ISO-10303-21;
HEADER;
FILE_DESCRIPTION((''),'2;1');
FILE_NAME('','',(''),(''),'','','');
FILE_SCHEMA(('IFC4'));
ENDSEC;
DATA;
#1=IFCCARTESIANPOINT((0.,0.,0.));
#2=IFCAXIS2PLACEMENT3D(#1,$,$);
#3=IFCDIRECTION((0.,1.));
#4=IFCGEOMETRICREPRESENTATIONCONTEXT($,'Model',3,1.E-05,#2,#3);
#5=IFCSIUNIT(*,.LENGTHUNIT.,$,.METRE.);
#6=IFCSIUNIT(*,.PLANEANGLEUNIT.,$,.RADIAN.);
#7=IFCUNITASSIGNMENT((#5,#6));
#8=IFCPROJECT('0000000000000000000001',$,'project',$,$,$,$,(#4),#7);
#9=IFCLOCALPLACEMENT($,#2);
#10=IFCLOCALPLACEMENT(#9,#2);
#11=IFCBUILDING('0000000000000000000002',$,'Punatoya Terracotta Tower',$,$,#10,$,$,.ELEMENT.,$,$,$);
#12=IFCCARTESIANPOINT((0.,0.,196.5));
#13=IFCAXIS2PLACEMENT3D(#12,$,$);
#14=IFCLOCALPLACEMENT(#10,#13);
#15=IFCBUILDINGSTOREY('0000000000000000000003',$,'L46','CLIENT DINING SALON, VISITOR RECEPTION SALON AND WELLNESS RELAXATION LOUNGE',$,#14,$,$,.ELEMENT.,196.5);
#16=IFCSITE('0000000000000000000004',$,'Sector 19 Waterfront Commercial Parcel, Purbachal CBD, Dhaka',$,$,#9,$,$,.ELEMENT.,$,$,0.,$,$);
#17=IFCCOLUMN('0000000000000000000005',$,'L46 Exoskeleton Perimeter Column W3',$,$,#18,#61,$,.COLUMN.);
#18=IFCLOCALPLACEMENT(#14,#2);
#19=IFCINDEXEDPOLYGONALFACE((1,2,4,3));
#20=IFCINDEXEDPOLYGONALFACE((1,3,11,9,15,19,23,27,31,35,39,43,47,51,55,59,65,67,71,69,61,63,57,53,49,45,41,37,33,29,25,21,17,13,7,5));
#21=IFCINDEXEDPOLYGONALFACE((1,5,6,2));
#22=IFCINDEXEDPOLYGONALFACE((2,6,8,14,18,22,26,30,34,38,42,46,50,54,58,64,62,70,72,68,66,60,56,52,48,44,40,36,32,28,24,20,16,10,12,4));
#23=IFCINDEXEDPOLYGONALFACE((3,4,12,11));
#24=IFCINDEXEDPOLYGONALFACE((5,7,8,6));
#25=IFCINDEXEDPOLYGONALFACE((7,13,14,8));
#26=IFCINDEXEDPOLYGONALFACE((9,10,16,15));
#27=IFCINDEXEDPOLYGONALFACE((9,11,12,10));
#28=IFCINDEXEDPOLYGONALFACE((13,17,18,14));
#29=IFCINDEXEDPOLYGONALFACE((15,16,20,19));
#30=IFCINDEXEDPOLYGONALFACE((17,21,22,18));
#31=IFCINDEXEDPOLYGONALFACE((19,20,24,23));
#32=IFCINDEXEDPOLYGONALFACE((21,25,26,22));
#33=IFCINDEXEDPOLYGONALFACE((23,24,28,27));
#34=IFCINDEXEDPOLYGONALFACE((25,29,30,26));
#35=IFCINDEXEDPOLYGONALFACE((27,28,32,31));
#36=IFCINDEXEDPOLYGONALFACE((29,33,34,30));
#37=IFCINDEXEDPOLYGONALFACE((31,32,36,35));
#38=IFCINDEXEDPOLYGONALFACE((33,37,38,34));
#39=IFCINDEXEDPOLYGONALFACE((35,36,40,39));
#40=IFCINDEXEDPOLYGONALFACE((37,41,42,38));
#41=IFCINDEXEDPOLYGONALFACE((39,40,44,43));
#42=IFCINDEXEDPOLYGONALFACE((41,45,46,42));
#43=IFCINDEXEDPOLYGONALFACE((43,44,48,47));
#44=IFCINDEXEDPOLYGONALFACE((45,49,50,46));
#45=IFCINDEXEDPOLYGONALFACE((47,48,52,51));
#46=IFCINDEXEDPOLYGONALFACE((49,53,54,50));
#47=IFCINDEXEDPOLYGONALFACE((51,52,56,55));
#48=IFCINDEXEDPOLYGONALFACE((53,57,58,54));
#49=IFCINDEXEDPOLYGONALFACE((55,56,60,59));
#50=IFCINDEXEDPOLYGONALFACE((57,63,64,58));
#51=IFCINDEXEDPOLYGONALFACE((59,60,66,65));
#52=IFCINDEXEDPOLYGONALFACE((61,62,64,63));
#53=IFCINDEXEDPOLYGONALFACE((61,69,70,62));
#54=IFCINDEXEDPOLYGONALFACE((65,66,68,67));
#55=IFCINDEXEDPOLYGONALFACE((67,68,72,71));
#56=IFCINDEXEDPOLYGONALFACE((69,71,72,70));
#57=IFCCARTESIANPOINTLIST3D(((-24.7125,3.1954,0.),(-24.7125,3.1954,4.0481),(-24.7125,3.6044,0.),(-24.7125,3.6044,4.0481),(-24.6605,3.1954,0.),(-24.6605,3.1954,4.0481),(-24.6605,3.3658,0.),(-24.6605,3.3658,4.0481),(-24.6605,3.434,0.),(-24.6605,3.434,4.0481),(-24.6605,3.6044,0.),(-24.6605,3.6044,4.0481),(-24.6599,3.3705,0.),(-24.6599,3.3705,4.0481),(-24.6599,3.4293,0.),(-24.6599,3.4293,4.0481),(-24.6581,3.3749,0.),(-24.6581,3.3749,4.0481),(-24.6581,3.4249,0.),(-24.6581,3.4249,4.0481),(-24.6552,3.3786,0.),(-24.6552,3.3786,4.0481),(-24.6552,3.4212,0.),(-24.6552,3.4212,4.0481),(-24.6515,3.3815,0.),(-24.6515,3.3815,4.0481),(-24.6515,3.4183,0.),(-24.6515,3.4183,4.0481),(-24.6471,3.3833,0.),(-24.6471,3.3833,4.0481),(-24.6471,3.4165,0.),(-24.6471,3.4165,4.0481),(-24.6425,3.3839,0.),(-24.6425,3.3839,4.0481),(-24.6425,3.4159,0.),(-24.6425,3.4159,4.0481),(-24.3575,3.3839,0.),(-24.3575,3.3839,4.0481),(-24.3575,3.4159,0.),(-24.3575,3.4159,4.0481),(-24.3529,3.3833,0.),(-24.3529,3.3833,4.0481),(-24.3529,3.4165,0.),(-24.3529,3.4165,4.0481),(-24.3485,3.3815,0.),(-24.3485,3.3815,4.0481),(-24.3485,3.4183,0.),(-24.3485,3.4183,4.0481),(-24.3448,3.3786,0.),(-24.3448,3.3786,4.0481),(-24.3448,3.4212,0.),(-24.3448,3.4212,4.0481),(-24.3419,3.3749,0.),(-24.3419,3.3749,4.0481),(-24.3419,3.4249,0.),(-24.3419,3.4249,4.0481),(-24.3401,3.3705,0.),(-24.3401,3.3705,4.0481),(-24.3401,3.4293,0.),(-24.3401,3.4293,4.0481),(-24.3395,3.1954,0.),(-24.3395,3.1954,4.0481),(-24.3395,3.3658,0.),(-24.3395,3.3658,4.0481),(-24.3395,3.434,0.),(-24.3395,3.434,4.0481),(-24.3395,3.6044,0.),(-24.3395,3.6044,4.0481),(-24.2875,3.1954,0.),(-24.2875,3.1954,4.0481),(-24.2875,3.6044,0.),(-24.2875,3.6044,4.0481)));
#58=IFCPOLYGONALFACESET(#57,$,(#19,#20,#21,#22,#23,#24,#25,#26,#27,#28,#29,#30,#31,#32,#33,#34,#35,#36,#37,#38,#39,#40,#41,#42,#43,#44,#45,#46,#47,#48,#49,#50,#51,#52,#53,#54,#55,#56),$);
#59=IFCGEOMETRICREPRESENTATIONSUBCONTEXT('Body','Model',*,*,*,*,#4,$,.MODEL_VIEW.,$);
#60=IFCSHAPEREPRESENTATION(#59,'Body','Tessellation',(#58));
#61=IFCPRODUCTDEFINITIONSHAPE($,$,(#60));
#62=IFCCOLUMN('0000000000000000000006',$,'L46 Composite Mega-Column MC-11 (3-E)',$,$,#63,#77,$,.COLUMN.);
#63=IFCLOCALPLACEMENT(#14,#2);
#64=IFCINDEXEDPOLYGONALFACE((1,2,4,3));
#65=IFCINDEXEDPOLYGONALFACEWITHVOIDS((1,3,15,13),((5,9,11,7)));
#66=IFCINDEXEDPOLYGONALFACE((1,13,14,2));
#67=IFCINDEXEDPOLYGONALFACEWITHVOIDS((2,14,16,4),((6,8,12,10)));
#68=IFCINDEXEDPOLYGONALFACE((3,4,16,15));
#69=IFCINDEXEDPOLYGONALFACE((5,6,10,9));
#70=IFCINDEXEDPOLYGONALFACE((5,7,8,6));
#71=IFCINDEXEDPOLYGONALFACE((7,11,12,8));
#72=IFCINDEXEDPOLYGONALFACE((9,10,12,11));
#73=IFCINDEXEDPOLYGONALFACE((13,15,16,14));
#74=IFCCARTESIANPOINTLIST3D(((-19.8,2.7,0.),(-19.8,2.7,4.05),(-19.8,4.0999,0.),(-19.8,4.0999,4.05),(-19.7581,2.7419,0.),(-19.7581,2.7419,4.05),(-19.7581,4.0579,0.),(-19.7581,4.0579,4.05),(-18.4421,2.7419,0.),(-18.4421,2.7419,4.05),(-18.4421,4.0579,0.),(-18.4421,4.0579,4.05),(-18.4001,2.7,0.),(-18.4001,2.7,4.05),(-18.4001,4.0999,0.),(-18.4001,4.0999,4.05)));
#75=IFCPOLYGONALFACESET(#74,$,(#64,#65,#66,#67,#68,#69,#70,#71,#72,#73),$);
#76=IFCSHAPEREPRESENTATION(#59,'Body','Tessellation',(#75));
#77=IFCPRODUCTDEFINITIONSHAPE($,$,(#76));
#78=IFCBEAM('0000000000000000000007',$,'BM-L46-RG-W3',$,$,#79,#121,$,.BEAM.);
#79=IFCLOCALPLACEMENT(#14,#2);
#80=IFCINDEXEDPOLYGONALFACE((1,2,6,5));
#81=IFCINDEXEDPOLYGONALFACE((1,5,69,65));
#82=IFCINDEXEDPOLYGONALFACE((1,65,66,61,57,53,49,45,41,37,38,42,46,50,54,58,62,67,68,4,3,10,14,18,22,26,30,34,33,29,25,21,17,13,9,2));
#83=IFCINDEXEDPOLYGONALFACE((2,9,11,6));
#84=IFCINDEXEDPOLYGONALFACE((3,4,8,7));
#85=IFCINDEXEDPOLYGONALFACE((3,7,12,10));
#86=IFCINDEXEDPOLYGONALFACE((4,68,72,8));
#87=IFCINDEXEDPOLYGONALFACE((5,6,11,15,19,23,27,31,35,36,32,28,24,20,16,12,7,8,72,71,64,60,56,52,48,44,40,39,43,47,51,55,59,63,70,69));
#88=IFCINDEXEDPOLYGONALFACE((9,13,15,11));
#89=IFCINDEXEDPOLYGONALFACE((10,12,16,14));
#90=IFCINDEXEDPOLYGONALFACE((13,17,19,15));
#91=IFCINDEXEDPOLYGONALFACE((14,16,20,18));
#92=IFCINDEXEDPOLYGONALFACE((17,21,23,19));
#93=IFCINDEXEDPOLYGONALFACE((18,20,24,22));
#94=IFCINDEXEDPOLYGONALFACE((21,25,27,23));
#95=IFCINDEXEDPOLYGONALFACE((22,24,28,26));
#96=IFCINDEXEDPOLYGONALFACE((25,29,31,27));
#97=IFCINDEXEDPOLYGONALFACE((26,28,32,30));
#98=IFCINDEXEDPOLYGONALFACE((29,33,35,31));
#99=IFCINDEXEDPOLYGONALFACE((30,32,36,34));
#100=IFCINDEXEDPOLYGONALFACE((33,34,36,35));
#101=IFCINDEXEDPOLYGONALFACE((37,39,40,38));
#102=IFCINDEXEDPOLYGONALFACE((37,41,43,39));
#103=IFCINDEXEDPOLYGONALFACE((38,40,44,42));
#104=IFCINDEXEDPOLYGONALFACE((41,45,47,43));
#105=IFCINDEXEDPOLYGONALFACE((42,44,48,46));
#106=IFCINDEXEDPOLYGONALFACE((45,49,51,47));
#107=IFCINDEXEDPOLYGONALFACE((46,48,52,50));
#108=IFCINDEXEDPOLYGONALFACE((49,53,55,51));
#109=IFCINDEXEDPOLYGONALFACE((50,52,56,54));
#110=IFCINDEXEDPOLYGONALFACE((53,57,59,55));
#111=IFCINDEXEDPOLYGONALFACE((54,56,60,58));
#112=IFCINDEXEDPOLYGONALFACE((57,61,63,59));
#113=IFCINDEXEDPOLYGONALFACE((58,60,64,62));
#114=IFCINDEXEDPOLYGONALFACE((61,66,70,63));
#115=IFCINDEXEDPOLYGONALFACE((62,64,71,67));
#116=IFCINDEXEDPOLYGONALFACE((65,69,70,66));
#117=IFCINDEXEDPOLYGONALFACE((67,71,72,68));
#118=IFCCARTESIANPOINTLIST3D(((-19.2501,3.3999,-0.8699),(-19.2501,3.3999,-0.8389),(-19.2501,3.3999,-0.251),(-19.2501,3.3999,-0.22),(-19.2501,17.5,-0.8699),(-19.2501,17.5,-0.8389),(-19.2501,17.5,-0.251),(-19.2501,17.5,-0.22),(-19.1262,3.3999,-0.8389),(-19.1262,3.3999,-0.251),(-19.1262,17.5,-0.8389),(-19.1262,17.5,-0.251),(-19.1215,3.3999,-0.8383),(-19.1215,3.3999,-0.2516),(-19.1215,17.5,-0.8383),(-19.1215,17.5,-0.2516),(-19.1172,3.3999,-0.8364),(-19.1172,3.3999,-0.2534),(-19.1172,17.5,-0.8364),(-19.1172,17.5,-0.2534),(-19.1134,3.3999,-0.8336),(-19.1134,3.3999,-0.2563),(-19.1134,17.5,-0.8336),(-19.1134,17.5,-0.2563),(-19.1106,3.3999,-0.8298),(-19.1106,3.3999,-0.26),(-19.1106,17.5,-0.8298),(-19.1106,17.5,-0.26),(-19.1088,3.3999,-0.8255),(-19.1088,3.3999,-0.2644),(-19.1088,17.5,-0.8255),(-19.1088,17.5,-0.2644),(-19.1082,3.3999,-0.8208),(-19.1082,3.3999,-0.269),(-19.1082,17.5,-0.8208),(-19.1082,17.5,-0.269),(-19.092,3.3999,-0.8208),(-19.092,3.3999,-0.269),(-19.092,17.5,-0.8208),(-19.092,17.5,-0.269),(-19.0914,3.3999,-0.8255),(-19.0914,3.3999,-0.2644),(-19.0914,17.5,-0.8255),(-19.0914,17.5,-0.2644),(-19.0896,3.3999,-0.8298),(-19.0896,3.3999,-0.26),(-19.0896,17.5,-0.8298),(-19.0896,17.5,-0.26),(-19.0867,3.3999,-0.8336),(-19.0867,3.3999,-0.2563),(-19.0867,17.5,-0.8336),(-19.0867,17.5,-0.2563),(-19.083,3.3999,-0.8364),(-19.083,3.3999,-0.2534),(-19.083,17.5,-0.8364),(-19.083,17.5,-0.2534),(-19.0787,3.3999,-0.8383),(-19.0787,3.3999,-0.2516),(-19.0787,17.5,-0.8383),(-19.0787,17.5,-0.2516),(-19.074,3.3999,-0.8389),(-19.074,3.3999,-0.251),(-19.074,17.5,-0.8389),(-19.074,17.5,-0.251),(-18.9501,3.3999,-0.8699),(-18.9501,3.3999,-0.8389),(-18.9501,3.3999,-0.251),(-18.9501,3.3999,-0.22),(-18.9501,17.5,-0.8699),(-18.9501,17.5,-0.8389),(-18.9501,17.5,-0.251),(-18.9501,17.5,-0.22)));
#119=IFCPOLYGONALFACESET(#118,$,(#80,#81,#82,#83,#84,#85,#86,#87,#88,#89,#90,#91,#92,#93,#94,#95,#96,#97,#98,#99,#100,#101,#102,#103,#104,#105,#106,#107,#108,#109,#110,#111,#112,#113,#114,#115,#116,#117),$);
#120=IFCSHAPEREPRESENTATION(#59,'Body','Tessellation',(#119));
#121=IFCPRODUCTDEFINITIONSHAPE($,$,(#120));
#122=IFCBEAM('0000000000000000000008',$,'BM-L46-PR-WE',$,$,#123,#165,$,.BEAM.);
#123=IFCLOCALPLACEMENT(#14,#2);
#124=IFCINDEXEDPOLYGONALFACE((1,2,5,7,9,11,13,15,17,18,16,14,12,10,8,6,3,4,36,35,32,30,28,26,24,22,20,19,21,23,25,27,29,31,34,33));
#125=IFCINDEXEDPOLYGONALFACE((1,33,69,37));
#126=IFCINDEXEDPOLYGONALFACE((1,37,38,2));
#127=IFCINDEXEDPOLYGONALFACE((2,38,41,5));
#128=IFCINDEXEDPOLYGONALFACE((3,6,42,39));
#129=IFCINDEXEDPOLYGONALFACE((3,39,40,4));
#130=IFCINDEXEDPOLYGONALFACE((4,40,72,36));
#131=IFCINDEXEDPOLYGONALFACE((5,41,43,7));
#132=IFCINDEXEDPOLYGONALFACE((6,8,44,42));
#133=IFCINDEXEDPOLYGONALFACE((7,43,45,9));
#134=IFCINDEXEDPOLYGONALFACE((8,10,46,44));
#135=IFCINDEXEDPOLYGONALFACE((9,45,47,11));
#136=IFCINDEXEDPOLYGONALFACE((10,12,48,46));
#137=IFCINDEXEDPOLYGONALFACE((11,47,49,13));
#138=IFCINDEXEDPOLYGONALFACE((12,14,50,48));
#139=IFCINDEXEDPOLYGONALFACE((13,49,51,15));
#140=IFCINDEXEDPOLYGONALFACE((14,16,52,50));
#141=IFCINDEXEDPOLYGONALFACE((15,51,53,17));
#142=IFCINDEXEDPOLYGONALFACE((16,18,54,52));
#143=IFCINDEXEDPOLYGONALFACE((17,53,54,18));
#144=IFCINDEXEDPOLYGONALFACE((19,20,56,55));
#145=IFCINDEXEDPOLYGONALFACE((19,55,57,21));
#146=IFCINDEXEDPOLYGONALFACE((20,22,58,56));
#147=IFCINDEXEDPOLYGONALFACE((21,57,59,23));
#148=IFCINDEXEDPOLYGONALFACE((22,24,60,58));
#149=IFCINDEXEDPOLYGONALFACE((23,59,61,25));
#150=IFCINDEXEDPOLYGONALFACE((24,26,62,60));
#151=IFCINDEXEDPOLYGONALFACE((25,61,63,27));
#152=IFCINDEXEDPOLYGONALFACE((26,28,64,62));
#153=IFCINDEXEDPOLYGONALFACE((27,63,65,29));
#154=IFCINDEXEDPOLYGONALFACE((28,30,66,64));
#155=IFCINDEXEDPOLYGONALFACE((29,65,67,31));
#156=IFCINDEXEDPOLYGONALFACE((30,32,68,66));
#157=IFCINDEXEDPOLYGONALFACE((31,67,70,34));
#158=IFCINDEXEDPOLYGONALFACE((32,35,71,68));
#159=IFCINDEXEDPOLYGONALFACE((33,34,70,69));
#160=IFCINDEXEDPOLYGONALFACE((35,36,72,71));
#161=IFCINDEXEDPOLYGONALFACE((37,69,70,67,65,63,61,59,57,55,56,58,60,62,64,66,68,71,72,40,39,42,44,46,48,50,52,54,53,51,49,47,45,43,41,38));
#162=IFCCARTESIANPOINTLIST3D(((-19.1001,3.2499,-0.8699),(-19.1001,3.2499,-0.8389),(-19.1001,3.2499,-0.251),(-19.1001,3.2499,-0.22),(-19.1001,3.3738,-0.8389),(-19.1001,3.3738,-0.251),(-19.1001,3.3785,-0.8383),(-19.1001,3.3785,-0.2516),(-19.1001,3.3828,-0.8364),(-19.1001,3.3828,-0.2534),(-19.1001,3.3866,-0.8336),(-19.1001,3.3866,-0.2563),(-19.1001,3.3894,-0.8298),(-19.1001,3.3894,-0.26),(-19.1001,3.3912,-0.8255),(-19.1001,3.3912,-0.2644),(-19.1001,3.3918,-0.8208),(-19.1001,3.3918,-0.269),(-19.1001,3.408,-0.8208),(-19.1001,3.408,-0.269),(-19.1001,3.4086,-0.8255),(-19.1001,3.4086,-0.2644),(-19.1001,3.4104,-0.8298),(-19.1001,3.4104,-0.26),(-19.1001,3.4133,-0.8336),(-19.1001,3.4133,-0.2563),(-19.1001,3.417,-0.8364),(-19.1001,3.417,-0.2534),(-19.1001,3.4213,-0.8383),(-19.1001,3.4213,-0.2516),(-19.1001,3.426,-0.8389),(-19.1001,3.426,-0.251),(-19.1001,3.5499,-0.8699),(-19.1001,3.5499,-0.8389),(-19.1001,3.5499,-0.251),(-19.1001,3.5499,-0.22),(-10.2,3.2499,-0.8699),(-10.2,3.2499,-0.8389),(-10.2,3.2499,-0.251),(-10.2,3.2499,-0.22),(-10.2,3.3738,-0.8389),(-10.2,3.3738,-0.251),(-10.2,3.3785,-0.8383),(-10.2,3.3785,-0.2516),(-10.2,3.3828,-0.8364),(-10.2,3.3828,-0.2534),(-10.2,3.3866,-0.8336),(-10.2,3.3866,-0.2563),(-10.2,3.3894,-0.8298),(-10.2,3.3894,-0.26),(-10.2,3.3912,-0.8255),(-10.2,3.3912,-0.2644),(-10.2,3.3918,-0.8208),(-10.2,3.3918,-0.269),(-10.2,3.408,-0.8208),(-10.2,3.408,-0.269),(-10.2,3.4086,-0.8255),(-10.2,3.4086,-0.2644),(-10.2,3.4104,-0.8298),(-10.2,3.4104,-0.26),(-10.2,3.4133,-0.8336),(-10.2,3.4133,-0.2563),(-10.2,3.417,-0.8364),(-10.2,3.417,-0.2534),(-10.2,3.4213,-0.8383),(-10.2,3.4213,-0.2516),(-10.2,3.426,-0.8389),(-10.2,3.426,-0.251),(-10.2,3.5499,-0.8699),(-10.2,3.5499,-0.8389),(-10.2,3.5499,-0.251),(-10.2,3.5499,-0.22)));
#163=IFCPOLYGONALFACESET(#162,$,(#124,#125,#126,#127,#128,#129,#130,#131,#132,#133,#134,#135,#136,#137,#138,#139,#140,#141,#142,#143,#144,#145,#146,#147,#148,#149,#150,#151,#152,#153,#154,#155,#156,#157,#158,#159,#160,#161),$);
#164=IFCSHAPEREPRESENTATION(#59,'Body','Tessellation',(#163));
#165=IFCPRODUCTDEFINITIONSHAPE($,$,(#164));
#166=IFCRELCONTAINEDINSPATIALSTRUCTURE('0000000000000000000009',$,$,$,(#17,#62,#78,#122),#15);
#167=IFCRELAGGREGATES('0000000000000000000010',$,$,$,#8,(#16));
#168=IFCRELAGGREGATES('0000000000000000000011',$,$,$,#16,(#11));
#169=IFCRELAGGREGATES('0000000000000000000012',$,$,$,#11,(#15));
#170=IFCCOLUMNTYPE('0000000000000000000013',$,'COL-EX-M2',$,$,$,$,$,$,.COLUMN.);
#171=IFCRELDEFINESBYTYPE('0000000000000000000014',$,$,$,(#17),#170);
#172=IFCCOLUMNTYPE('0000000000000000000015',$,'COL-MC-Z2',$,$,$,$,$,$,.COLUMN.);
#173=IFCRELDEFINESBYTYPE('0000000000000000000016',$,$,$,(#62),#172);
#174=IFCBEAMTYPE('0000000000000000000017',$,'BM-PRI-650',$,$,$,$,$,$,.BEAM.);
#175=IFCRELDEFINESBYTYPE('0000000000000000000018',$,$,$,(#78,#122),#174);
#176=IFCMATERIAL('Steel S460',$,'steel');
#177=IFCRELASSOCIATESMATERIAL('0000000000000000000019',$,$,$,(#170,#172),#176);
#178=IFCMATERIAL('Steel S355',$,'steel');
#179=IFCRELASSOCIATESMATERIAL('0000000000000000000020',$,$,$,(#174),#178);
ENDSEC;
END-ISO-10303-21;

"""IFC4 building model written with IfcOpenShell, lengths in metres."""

from ifc_helpers import new_model, si_unit, direction, frame, origin, origin_2d, place, context, subcontext, project, spatial, hollow_rectangle, i_section, extrude, material, material_profile, profile_set, type_object, element, save


model = new_model("IFC4")

# Units and contexts
model_context = context("Model", 3, precision=1e-05, world=origin(), true_north=direction((0.0, 1.0)))
body_context = subcontext(model_context, "Body", "Model", "MODEL_VIEW")
ifc_project = project(units=[si_unit("LENGTHUNIT", "METRE"), si_unit("PLANEANGLEUNIT", "RADIAN")], contexts=[model_context])

# Site, building, storey
site_placement = place(None, origin())
site = spatial("IfcSite", under=ifc_project, at=site_placement, Name="Sector 19 Waterfront Commercial Parcel, Purbachal CBD, Dhaka", CompositionType="ELEMENT", RefElevation=0.0)
building_placement = place(site_placement, origin())
building = spatial("IfcBuilding", under=site, at=building_placement, Name="Punatoya Terracotta Tower", CompositionType="ELEMENT")
storey_placement = place(building_placement, frame((0.0, 0.0, 196.5)))
storey = spatial("IfcBuildingStorey", under=building, at=storey_placement, Name="L46", Description="CLIENT DINING SALON, VISITOR RECEPTION SALON AND WELLNESS RELAXATION LOUNGE", CompositionType="ELEMENT", Elevation=196.5)

# Columns
ifc_material_1 = material(Name="Steel S460", Category="steel")
ifc_material_profile_1 = material_profile(ifc_material_1, i_section(OverallWidth=0.4089, OverallDepth=0.425, WebThickness=0.032, FlangeThickness=0.052, FilletRadius=0.0181, at=origin_2d()))
ifc_profile_set_1 = profile_set([ifc_material_profile_1], Name="Steel S460")
column_type_1 = type_object("IfcColumnType", Name="COL-EX-M2", PredefinedType="COLUMN", material=ifc_profile_set_1)
column_1_placement = place(storey_placement, frame((-24.5, 3.3999, 0.0), z_axis=(0.0, 0.0, 1.0), x_axis=(0.0, 1.0, 0.0)))
element("IfcColumn", 1, at=column_1_placement, inside=storey, type_object=column_type_1, Name="L46 Exoskeleton Perimeter Column W3", PredefinedType="COLUMN", context=body_context, shape_type="SweptSolid", body=[
    extrude(i_section(OverallWidth=0.4089, OverallDepth=0.425, WebThickness=0.032, FlangeThickness=0.052, FilletRadius=0.0181, at=origin_2d()), origin(), (0.0, 0.0, 1.0), 4.0481),
])
ifc_material_profile_2 = material_profile(ifc_material_1, hollow_rectangle(XDim=1.3999, YDim=1.3999, WallThickness=0.042, at=origin_2d()))
ifc_profile_set_2 = profile_set([ifc_material_profile_2], Name="Steel S460")
column_type_2 = type_object("IfcColumnType", Name="COL-MC-Z2", PredefinedType="COLUMN", material=ifc_profile_set_2)
column_2_placement = place(storey_placement, frame((-19.1001, 3.3999, 0.0), z_axis=(0.0, 0.0, 1.0), x_axis=(1.0, 0.0, 0.0)))
element("IfcColumn", 2, at=column_2_placement, inside=storey, type_object=column_type_2, Name="L46 Composite Mega-Column MC-11 (3-E)", PredefinedType="COLUMN", context=body_context, shape_type="SweptSolid", body=[
    extrude(hollow_rectangle(XDim=1.3999, YDim=1.3999, WallThickness=0.042, at=origin_2d()), origin(), (0.0, 0.0, 1.0), 4.05),
])

# Beams
ifc_material_2 = material(Name="Steel S355", Category="steel")
ifc_material_profile_3 = material_profile(ifc_material_2, i_section(OverallWidth=0.3, OverallDepth=0.6499, WebThickness=0.0161, FlangeThickness=0.031, FilletRadius=0.0181, at=origin_2d()))
ifc_profile_set_3 = profile_set([ifc_material_profile_3], Name="Steel S355")
beam_type_1 = type_object("IfcBeamType", Name="BM-PRI-650", PredefinedType="BEAM", material=ifc_profile_set_3)
beam_1_placement = place(storey_placement, frame((-19.1001, 3.3999, -0.5449), z_axis=(0.0, 1.0, 0.0), x_axis=(-1.0, 0.0, 0.0)))
element("IfcBeam", 3, at=beam_1_placement, inside=storey, type_object=beam_type_1, Name="BM-L46-RG-W3", PredefinedType="BEAM", context=body_context, shape_type="SweptSolid", body=[
    extrude(i_section(OverallWidth=0.3, OverallDepth=0.6499, WebThickness=0.0161, FlangeThickness=0.031, FilletRadius=0.0181, at=origin_2d()), origin(), (0.0, 0.0, 1.0), 14.1001),
])
for number, where, z_axis, x_axis, name in (
    (4, (-19.1001, 3.3999, -0.5449), (1.0, 0.0, 0.0), (0.0, 1.0, 0.0), "BM-L46-PR-WE"),
):
    element("IfcBeam", number, at=place(storey_placement, frame(where, z_axis=z_axis, x_axis=x_axis)), inside=storey, type_object=beam_type_1, Name=name, PredefinedType="BEAM", context=body_context, shape_type="SweptSolid", body=[
        extrude(i_section(OverallWidth=0.3, OverallDepth=0.6499, WebThickness=0.0161, FlangeThickness=0.031, FilletRadius=0.0181, at=origin_2d()), origin(), (0.0, 0.0, 1.0), 8.9001),
    ])

save(model, "model.ifc")
